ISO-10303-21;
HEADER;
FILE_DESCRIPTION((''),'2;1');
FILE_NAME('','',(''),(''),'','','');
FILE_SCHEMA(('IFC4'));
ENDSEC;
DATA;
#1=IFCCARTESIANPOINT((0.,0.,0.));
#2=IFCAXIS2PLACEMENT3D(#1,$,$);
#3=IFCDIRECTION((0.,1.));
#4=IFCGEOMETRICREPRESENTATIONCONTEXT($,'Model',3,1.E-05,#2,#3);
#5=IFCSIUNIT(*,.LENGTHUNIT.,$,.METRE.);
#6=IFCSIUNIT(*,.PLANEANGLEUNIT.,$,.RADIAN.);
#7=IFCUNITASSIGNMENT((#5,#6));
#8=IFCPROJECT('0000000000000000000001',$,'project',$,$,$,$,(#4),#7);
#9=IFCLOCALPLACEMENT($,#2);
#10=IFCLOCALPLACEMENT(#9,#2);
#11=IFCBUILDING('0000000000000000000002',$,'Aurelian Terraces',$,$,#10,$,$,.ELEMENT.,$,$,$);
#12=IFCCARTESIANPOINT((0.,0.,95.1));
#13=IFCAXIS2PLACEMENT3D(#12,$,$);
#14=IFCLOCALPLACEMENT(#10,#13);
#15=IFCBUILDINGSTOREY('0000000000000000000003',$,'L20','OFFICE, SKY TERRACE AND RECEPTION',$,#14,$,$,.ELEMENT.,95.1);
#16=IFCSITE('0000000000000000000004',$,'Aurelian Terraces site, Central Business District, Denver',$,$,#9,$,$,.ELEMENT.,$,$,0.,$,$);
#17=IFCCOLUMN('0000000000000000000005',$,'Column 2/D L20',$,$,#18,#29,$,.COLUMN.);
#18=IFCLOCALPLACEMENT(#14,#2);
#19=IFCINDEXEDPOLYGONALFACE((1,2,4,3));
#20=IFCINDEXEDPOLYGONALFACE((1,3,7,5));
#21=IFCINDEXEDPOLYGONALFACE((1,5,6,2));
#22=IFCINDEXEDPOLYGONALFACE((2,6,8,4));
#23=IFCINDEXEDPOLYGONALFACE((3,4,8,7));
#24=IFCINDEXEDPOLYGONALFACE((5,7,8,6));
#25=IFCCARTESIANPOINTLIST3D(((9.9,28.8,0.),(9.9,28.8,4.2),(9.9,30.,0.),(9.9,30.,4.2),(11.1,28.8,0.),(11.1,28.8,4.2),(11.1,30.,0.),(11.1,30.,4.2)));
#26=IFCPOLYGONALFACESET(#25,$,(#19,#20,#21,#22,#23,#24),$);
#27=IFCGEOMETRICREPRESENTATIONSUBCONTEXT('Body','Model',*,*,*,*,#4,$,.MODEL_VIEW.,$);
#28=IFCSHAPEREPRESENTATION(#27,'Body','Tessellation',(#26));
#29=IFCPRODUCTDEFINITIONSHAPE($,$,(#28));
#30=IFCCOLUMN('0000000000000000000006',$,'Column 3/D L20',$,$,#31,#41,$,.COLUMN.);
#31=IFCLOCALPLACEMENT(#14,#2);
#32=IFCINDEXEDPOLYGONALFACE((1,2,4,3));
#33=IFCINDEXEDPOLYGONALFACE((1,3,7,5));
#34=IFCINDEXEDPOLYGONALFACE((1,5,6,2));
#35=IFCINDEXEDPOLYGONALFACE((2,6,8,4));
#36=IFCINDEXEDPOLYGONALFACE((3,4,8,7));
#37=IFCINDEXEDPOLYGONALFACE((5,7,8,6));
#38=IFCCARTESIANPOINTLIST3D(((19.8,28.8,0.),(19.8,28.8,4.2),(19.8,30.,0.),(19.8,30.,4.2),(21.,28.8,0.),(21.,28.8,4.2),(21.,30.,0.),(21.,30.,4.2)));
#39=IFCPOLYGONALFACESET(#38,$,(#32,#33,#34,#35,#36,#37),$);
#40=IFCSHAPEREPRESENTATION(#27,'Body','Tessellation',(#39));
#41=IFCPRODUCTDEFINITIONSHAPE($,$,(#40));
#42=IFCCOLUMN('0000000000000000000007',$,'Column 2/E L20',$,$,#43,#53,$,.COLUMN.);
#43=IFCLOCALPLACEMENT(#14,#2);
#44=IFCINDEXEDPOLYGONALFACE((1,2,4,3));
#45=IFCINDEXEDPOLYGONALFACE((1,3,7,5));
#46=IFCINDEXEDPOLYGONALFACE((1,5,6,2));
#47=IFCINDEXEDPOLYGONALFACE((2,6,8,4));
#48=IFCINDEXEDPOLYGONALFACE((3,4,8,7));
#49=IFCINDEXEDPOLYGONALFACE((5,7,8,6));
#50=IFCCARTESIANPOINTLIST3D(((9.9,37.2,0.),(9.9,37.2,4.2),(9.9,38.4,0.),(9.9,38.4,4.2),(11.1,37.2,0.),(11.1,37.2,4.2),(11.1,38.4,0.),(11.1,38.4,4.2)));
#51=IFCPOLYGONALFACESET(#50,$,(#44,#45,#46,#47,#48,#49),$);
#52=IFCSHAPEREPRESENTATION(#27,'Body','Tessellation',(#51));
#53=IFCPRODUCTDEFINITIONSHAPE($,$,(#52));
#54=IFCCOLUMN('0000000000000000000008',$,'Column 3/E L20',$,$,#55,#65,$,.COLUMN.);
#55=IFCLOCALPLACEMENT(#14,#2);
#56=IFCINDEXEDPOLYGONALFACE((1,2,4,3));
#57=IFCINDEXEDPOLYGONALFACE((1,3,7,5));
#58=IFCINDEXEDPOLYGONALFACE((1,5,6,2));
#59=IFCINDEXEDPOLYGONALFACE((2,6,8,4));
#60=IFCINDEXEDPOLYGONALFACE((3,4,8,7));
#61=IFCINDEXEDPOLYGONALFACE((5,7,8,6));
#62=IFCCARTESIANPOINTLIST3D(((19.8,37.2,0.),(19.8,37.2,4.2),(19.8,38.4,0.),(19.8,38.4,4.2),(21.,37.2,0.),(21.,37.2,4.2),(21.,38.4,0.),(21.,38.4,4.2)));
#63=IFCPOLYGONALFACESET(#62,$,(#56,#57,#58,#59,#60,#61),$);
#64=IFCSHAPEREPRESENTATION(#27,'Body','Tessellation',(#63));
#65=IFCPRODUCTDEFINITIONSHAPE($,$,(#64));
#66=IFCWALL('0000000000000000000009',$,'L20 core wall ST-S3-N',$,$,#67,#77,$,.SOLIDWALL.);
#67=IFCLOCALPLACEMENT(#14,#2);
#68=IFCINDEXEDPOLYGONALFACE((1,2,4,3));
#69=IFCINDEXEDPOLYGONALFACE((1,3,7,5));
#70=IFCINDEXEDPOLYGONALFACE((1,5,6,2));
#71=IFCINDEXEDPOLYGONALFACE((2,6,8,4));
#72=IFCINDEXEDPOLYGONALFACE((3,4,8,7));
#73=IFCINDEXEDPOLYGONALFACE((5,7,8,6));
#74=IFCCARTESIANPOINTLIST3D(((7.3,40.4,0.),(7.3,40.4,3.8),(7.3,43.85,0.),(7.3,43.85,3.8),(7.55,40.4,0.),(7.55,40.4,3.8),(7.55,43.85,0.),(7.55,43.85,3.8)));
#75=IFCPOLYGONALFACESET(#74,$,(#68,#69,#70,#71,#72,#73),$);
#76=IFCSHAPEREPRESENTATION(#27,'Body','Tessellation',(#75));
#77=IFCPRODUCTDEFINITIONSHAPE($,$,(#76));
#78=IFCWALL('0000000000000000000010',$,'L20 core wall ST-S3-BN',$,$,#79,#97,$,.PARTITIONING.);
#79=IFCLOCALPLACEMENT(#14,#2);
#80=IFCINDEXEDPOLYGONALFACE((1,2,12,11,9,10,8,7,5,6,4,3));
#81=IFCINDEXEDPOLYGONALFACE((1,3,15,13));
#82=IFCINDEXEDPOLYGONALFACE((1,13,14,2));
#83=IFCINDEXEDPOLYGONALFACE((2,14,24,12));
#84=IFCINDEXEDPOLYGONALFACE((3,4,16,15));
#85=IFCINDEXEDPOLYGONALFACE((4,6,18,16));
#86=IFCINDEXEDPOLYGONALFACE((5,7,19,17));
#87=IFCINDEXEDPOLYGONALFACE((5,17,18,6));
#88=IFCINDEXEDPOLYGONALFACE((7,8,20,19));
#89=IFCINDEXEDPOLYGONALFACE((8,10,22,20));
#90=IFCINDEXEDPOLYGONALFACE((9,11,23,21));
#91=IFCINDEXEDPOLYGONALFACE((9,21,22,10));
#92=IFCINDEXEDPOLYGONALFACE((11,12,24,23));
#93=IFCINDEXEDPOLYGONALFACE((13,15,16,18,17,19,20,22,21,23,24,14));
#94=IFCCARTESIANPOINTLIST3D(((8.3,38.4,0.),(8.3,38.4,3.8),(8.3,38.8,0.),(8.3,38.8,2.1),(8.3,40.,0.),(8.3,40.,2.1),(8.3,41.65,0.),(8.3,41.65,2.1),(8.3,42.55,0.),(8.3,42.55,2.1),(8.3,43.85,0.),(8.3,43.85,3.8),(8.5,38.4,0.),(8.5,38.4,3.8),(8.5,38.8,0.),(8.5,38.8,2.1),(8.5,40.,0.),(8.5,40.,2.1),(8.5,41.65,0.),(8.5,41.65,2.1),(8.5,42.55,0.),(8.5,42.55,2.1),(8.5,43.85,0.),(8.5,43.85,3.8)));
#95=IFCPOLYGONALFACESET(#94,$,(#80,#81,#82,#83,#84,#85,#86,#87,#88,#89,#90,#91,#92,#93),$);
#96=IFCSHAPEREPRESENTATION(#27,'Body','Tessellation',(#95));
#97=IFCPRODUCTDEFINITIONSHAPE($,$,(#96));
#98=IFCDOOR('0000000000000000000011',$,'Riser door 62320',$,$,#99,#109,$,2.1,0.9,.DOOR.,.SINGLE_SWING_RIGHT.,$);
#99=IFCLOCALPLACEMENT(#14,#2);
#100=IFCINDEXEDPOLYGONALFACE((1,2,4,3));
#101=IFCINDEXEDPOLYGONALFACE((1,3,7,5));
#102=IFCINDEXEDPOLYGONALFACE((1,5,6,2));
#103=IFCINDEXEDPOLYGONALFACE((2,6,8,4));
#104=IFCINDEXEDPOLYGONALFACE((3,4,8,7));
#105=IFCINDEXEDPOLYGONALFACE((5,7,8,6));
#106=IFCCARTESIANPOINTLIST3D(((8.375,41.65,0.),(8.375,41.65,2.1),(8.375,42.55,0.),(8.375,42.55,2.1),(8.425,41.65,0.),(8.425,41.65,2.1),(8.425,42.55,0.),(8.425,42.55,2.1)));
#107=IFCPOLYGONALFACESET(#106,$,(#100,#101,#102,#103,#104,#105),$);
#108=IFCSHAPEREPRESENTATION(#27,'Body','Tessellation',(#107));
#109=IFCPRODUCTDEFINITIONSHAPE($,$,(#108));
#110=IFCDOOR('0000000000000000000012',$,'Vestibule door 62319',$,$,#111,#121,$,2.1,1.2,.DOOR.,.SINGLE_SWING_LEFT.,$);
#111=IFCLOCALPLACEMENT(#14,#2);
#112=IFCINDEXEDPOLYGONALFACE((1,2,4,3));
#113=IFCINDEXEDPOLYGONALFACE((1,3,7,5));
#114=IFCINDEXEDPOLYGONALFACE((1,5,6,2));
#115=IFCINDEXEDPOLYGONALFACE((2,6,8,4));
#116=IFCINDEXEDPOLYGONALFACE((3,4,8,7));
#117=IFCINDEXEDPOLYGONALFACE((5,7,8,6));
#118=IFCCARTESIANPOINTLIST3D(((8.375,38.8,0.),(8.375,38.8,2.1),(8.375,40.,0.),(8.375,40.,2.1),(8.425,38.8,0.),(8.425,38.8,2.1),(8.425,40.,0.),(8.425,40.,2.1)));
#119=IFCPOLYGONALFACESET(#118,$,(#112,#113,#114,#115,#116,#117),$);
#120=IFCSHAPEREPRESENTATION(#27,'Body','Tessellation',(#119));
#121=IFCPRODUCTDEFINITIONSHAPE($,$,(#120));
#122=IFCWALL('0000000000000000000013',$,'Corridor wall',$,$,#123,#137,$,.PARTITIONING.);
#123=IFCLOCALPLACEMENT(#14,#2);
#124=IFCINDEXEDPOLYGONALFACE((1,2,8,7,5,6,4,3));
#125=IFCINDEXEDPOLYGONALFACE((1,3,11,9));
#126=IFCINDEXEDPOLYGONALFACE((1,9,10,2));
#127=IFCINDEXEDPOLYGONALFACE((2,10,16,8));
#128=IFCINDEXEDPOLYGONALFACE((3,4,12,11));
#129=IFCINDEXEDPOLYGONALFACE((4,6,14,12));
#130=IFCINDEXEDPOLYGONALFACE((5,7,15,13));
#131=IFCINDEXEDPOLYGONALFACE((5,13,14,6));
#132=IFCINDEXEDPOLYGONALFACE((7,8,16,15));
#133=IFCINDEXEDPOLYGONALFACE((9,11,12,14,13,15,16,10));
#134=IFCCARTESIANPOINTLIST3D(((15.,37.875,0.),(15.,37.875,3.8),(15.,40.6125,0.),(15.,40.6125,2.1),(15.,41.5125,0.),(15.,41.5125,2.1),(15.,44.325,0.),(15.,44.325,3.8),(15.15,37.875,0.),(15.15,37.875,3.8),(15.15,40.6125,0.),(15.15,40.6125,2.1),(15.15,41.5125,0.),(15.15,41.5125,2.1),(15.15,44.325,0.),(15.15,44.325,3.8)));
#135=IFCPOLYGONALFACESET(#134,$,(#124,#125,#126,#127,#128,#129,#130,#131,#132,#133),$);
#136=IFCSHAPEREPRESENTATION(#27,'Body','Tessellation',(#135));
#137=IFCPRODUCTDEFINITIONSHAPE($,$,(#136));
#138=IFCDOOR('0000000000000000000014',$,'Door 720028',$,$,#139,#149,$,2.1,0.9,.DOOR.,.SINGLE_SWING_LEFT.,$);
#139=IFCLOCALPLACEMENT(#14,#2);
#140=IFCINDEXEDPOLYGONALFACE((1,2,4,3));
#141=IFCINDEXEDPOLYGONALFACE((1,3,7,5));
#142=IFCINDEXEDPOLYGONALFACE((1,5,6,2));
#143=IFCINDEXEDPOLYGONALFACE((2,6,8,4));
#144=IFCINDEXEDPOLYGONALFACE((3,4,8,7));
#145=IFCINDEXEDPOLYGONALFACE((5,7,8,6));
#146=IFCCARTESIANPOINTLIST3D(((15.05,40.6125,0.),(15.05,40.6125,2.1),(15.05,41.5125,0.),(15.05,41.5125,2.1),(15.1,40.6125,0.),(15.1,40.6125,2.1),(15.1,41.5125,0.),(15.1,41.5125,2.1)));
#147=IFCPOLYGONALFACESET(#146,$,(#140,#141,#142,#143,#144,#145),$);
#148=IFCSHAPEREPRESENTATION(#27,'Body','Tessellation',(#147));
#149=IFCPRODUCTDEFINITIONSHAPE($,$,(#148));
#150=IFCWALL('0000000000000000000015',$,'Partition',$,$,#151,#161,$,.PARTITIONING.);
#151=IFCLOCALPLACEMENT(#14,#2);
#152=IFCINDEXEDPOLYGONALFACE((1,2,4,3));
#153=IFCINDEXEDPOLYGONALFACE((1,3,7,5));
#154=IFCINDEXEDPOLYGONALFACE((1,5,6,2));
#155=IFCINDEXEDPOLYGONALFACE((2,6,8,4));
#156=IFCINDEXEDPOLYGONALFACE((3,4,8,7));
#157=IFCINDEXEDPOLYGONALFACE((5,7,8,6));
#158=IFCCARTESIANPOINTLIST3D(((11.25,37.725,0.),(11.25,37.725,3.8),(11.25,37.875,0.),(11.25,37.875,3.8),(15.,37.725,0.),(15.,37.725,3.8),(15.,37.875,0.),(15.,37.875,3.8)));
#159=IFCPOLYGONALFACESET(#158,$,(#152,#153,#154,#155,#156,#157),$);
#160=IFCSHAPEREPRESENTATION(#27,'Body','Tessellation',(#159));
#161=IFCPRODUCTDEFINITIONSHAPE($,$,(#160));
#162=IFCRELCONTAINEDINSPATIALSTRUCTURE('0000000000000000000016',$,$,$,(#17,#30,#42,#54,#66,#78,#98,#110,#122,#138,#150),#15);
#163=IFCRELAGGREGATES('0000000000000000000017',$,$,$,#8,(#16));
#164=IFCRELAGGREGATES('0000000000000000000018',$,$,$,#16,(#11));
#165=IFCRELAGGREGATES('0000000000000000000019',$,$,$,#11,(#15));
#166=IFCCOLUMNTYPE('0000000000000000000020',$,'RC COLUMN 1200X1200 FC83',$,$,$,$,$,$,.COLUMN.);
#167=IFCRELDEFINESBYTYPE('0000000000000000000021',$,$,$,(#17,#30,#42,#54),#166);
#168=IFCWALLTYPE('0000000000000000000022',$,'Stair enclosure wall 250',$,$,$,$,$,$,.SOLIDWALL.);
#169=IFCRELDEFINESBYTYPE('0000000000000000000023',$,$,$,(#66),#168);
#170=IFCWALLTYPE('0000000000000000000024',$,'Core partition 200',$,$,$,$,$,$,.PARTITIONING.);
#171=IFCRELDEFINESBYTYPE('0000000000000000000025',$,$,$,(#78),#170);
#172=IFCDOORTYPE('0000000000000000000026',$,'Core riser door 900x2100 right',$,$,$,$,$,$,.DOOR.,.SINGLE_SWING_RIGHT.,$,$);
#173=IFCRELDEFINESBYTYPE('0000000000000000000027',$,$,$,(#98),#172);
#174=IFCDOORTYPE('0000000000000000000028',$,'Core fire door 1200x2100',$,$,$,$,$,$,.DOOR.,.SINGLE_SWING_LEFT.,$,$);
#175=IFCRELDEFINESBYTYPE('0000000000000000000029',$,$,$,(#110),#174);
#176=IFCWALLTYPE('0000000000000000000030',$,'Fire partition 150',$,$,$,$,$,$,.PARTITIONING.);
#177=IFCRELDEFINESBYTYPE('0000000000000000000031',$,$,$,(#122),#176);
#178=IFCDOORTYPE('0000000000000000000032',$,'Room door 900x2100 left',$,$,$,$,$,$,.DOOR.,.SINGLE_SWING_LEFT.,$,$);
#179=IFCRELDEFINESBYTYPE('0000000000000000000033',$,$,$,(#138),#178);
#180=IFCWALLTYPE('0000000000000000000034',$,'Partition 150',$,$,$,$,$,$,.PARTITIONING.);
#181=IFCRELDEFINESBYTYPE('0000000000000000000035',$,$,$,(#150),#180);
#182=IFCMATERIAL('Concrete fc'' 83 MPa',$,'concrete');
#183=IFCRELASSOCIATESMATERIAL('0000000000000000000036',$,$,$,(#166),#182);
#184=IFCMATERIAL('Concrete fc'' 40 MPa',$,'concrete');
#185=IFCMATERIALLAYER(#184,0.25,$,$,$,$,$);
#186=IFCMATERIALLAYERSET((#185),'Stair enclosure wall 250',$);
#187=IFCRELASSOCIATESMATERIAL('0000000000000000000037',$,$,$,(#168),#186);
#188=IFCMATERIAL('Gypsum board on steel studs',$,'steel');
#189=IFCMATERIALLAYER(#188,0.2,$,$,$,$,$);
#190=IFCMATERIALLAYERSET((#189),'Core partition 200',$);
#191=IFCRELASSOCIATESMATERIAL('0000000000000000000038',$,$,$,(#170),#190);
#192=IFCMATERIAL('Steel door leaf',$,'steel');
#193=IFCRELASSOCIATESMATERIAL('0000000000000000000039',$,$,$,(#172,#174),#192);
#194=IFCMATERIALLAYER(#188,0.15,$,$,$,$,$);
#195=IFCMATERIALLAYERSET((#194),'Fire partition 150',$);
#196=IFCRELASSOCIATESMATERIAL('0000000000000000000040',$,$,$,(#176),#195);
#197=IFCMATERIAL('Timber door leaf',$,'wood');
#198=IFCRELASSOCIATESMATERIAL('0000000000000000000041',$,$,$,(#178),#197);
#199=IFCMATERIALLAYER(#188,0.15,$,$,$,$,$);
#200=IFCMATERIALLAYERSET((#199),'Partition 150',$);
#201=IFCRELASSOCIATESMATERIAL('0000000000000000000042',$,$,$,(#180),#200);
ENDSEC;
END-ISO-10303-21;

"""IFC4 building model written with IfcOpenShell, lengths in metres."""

from ifc_helpers import new_model, si_unit, direction, frame, frame_2d, origin, origin_2d, place, context, subcontext, project, spatial, rectangle, extrude, source, transform, mapped, material, layer, layer_set, material_profile, profile_set, type_object, element, fill, save


model = new_model("IFC4")

# Units and contexts
model_context = context("Model", 3, precision=1e-05, world=origin(), true_north=direction((0.0, 1.0)))
body_context = subcontext(model_context, "Body", "Model", "MODEL_VIEW")
ifc_project = project(units=[si_unit("LENGTHUNIT", "METRE"), si_unit("PLANEANGLEUNIT", "RADIAN")], contexts=[model_context])

# Site, building, storey
site_placement = place(None, origin())
site = spatial("IfcSite", under=ifc_project, at=site_placement, Name="Aurelian Terraces site, Central Business District, Denver", CompositionType="ELEMENT", RefElevation=0.0)
building_placement = place(site_placement, origin())
building = spatial("IfcBuilding", under=site, at=building_placement, Name="Aurelian Terraces", CompositionType="ELEMENT")
storey_placement = place(building_placement, frame((0.0, 0.0, 95.1)))
storey = spatial("IfcBuildingStorey", under=building, at=storey_placement, Name="L20", Description="OFFICE, SKY TERRACE AND RECEPTION", CompositionType="ELEMENT", Elevation=95.1)

# Columns
ifc_material_1 = material(Name="Concrete fc' 83 MPa", Category="concrete")
ifc_material_profile = material_profile(ifc_material_1, rectangle(XDim=1.2, YDim=1.2, at=origin_2d()))
ifc_profile_set = profile_set([ifc_material_profile], Name="Concrete fc' 83 MPa")
column_type = type_object("IfcColumnType", Name="RC COLUMN 1200X1200 FC83", PredefinedType="COLUMN", material=ifc_profile_set)
shared_shape_1 = source(origin(), body_context, "Body", "SweptSolid", [
    extrude(rectangle(XDim=1.2, YDim=1.2, at=origin_2d()), origin(), (0.0, 0.0, 1.0), 4.2),
])
for number, where, z_axis, x_axis, name in (
    (1, (10.5, 29.4, 0.0), (0.0, 0.0, 1.0), (1.0, 0.0, 0.0), "Column 2/D L20"),
    (2, (20.4, 29.4, 0.0), (0.0, 0.0, 1.0), (1.0, 0.0, 0.0), "Column 3/D L20"),
    (3, (10.5, 37.8, 0.0), (0.0, 0.0, 1.0), (1.0, 0.0, 0.0), "Column 2/E L20"),
    (4, (20.4, 37.8, 0.0), (0.0, 0.0, 1.0), (1.0, 0.0, 0.0), "Column 3/E L20"),
):
    element("IfcColumn", number, at=place(storey_placement, frame(where, z_axis=z_axis, x_axis=x_axis)), inside=storey, type_object=column_type, Name=name, PredefinedType="COLUMN", context=body_context, shape_type="MappedRepresentation", body=[
        mapped(shared_shape_1, transform((0.0, 0.0, 0.0), scale=1.0)),
    ])

# Wall
ifc_material_2 = material(Name="Concrete fc' 40 MPa", Category="concrete")
ifc_layer_1 = layer(ifc_material_2, 0.25)
ifc_layer_set_1 = layer_set([ifc_layer_1], Name="Stair enclosure wall 250")
wall_type_1 = type_object("IfcWallType", Name="Stair enclosure wall 250", PredefinedType="SOLIDWALL", material=ifc_layer_set_1)
shared_shape_2 = source(origin(), body_context, "Body", "SweptSolid", [
    extrude(rectangle(XDim=3.45, YDim=0.25, at=frame_2d((1.725, 0.0))), origin(), (0.0, 0.0, 1.0), 3.8),
])
wall_1_placement = place(storey_placement, frame((7.425, 40.4, 0.0), z_axis=(0.0, 0.0, 1.0), x_axis=(0.0, 1.0, 0.0)))
element("IfcWall", 5, at=wall_1_placement, inside=storey, type_object=wall_type_1, Name="L20 core wall ST-S3-N", PredefinedType="SOLIDWALL", context=body_context, shape_type="MappedRepresentation", body=[
    mapped(shared_shape_2, transform((0.0, 0.0, 0.0), scale=1.0)),
])

# Wall, openings, doors
ifc_material_3 = material(Name="Gypsum board on steel studs", Category="steel")
ifc_layer_2 = layer(ifc_material_3, 0.2)
ifc_layer_set_2 = layer_set([ifc_layer_2], Name="Core partition 200")
wall_type_2 = type_object("IfcWallType", Name="Core partition 200", PredefinedType="PARTITIONING", material=ifc_layer_set_2)
shared_shape_3 = source(origin(), body_context, "Body", "SweptSolid", [
    extrude(rectangle(XDim=5.45, YDim=0.2, at=frame_2d((2.725, 0.0))), origin(), (0.0, 0.0, 1.0), 3.8),
])
wall_2_placement = place(storey_placement, frame((8.4, 38.4, 0.0), z_axis=(0.0, 0.0, 1.0), x_axis=(0.0, 1.0, 0.0)))
wall_2 = element("IfcWall", 6, at=wall_2_placement, inside=storey, type_object=wall_type_2, Name="L20 core wall ST-S3-BN", PredefinedType="PARTITIONING", context=body_context, shape_type="MappedRepresentation", body=[
    mapped(shared_shape_3, transform((0.0, 0.0, 0.0), scale=1.0)),
])
shared_shape_4 = source(origin(), body_context, "Body", "SweptSolid", [
    extrude(rectangle(XDim=1.2, YDim=2.1, at=frame_2d((0.6, 1.05))), frame((0.0, 0.11, 0.0), z_axis=(0.0, -1.0, 0.0), x_axis=(1.0, 0.0, 0.0)), (0.0, 0.0, 1.0), 0.22),
])
opening_1_placement = place(wall_2_placement, frame((0.4, 0.0, 0.0)))
opening_1 = element("IfcOpeningElement", 7, at=opening_1_placement, cuts=wall_2, PredefinedType="OPENING", context=body_context, shape_type="MappedRepresentation", body=[
    mapped(shared_shape_4, transform((0.0, 0.0, 0.0), scale=1.0)),
])
shared_shape_5 = source(origin(), body_context, "Body", "SweptSolid", [
    extrude(rectangle(XDim=0.9, YDim=2.1, at=frame_2d((0.45, 1.05))), frame((0.0, 0.11, 0.0), z_axis=(0.0, -1.0, 0.0), x_axis=(1.0, 0.0, 0.0)), (0.0, 0.0, 1.0), 0.22),
])
opening_2_placement = place(wall_2_placement, frame((3.25, 0.0, 0.0)))
opening_2 = element("IfcOpeningElement", 8, at=opening_2_placement, cuts=wall_2, PredefinedType="OPENING", context=body_context, shape_type="MappedRepresentation", body=[
    mapped(shared_shape_5, transform((0.0, 0.0, 0.0), scale=1.0)),
])
ifc_material_4 = material(Name="Steel door leaf", Category="steel")
door_type_1 = type_object("IfcDoorType", Name="Core riser door 900x2100 right", OperationType="SINGLE_SWING_RIGHT", PredefinedType="DOOR", material=ifc_material_4)
shared_shape_6 = source(origin(), body_context, "Body", "SweptSolid", [
    extrude(rectangle(XDim=0.9, YDim=2.1, at=frame_2d((0.45, 1.05))), frame((0.0, 0.025, 0.0), z_axis=(0.0, -1.0, 0.0), x_axis=(1.0, 0.0, 0.0)), (0.0, 0.0, 1.0), 0.05),
])
door_1_placement = place(opening_2_placement, origin())
door_1 = element("IfcDoor", 9, at=door_1_placement, inside=storey, type_object=door_type_1, Name="Riser door 62320", OperationType="SINGLE_SWING_RIGHT", OverallHeight=2.1, OverallWidth=0.9, PredefinedType="DOOR", context=body_context, shape_type="MappedRepresentation", body=[
    mapped(shared_shape_6, transform((0.0, 0.0, 0.0), scale=1.0)),
])
fill(opening_2, door_1)
door_type_2 = type_object("IfcDoorType", Name="Core fire door 1200x2100", OperationType="SINGLE_SWING_LEFT", PredefinedType="DOOR", material=ifc_material_4)
shared_shape_7 = source(origin(), body_context, "Body", "SweptSolid", [
    extrude(rectangle(XDim=1.2, YDim=2.1, at=frame_2d((0.6, 1.05))), frame((0.0, 0.025, 0.0), z_axis=(0.0, -1.0, 0.0), x_axis=(1.0, 0.0, 0.0)), (0.0, 0.0, 1.0), 0.05),
])
door_2_placement = place(opening_1_placement, origin())
door_2 = element("IfcDoor", 10, at=door_2_placement, inside=storey, type_object=door_type_2, Name="Vestibule door 62319", OperationType="SINGLE_SWING_LEFT", OverallHeight=2.1, OverallWidth=1.2, PredefinedType="DOOR", context=body_context, shape_type="MappedRepresentation", body=[
    mapped(shared_shape_7, transform((0.0, 0.0, 0.0), scale=1.0)),
])
fill(opening_1, door_2)

# Wall, opening, door
ifc_layer_3 = layer(ifc_material_3, 0.15)
ifc_layer_set_3 = layer_set([ifc_layer_3], Name="Fire partition 150")
wall_type_3 = type_object("IfcWallType", Name="Fire partition 150", PredefinedType="PARTITIONING", material=ifc_layer_set_3)
shared_shape_8 = source(origin(), body_context, "Body", "SweptSolid", [
    extrude(rectangle(XDim=6.45, YDim=0.15, at=frame_2d((3.225, 0.0))), origin(), (0.0, 0.0, 1.0), 3.8),
])
wall_3_placement = place(storey_placement, frame((15.075, 37.875, 0.0), z_axis=(0.0, 0.0, 1.0), x_axis=(0.0, 1.0, 0.0)))
wall_3 = element("IfcWall", 11, at=wall_3_placement, inside=storey, type_object=wall_type_3, Name="Corridor wall", PredefinedType="PARTITIONING", context=body_context, shape_type="MappedRepresentation", body=[
    mapped(shared_shape_8, transform((0.0, 0.0, 0.0), scale=1.0)),
])
shared_shape_9 = source(origin(), body_context, "Body", "SweptSolid", [
    extrude(rectangle(XDim=0.9, YDim=2.1, at=frame_2d((0.45, 1.05))), frame((0.0, 0.085, 0.0), z_axis=(0.0, -1.0, 0.0), x_axis=(1.0, 0.0, 0.0)), (0.0, 0.0, 1.0), 0.17),
])
opening_3_placement = place(wall_3_placement, frame((2.7375, 0.0, 0.0)))
opening_3 = element("IfcOpeningElement", 12, at=opening_3_placement, cuts=wall_3, PredefinedType="OPENING", context=body_context, shape_type="MappedRepresentation", body=[
    mapped(shared_shape_9, transform((0.0, 0.0, 0.0), scale=1.0)),
])
ifc_material_5 = material(Name="Timber door leaf", Category="wood")
door_type_3 = type_object("IfcDoorType", Name="Room door 900x2100 left", OperationType="SINGLE_SWING_LEFT", PredefinedType="DOOR", material=ifc_material_5)
door_3_placement = place(opening_3_placement, origin())
door_3 = element("IfcDoor", 13, at=door_3_placement, inside=storey, type_object=door_type_3, Name="Door 720028", OperationType="SINGLE_SWING_LEFT", OverallHeight=2.1, OverallWidth=0.9, PredefinedType="DOOR", context=body_context, shape_type="MappedRepresentation", body=[
    mapped(shared_shape_6, transform((0.0, 0.0, 0.0), scale=1.0)),
])
fill(opening_3, door_3)

# Wall
ifc_layer_4 = layer(ifc_material_3, 0.15)
ifc_layer_set_4 = layer_set([ifc_layer_4], Name="Partition 150")
wall_type_4 = type_object("IfcWallType", Name="Partition 150", PredefinedType="PARTITIONING", material=ifc_layer_set_4)
shared_shape_10 = source(origin(), body_context, "Body", "SweptSolid", [
    extrude(rectangle(XDim=3.75, YDim=0.15, at=frame_2d((1.875, 0.0))), origin(), (0.0, 0.0, 1.0), 3.8),
])
wall_4_placement = place(storey_placement, frame((15.0, 37.8, 0.0), z_axis=(0.0, 0.0, 1.0), x_axis=(-1.0, 0.0, 0.0)))
element("IfcWall", 14, at=wall_4_placement, inside=storey, type_object=wall_type_4, Name="Partition", PredefinedType="PARTITIONING", context=body_context, shape_type="MappedRepresentation", body=[
    mapped(shared_shape_10, transform((0.0, 0.0, 0.0), scale=1.0)),
])

save(model, "model.ifc")
